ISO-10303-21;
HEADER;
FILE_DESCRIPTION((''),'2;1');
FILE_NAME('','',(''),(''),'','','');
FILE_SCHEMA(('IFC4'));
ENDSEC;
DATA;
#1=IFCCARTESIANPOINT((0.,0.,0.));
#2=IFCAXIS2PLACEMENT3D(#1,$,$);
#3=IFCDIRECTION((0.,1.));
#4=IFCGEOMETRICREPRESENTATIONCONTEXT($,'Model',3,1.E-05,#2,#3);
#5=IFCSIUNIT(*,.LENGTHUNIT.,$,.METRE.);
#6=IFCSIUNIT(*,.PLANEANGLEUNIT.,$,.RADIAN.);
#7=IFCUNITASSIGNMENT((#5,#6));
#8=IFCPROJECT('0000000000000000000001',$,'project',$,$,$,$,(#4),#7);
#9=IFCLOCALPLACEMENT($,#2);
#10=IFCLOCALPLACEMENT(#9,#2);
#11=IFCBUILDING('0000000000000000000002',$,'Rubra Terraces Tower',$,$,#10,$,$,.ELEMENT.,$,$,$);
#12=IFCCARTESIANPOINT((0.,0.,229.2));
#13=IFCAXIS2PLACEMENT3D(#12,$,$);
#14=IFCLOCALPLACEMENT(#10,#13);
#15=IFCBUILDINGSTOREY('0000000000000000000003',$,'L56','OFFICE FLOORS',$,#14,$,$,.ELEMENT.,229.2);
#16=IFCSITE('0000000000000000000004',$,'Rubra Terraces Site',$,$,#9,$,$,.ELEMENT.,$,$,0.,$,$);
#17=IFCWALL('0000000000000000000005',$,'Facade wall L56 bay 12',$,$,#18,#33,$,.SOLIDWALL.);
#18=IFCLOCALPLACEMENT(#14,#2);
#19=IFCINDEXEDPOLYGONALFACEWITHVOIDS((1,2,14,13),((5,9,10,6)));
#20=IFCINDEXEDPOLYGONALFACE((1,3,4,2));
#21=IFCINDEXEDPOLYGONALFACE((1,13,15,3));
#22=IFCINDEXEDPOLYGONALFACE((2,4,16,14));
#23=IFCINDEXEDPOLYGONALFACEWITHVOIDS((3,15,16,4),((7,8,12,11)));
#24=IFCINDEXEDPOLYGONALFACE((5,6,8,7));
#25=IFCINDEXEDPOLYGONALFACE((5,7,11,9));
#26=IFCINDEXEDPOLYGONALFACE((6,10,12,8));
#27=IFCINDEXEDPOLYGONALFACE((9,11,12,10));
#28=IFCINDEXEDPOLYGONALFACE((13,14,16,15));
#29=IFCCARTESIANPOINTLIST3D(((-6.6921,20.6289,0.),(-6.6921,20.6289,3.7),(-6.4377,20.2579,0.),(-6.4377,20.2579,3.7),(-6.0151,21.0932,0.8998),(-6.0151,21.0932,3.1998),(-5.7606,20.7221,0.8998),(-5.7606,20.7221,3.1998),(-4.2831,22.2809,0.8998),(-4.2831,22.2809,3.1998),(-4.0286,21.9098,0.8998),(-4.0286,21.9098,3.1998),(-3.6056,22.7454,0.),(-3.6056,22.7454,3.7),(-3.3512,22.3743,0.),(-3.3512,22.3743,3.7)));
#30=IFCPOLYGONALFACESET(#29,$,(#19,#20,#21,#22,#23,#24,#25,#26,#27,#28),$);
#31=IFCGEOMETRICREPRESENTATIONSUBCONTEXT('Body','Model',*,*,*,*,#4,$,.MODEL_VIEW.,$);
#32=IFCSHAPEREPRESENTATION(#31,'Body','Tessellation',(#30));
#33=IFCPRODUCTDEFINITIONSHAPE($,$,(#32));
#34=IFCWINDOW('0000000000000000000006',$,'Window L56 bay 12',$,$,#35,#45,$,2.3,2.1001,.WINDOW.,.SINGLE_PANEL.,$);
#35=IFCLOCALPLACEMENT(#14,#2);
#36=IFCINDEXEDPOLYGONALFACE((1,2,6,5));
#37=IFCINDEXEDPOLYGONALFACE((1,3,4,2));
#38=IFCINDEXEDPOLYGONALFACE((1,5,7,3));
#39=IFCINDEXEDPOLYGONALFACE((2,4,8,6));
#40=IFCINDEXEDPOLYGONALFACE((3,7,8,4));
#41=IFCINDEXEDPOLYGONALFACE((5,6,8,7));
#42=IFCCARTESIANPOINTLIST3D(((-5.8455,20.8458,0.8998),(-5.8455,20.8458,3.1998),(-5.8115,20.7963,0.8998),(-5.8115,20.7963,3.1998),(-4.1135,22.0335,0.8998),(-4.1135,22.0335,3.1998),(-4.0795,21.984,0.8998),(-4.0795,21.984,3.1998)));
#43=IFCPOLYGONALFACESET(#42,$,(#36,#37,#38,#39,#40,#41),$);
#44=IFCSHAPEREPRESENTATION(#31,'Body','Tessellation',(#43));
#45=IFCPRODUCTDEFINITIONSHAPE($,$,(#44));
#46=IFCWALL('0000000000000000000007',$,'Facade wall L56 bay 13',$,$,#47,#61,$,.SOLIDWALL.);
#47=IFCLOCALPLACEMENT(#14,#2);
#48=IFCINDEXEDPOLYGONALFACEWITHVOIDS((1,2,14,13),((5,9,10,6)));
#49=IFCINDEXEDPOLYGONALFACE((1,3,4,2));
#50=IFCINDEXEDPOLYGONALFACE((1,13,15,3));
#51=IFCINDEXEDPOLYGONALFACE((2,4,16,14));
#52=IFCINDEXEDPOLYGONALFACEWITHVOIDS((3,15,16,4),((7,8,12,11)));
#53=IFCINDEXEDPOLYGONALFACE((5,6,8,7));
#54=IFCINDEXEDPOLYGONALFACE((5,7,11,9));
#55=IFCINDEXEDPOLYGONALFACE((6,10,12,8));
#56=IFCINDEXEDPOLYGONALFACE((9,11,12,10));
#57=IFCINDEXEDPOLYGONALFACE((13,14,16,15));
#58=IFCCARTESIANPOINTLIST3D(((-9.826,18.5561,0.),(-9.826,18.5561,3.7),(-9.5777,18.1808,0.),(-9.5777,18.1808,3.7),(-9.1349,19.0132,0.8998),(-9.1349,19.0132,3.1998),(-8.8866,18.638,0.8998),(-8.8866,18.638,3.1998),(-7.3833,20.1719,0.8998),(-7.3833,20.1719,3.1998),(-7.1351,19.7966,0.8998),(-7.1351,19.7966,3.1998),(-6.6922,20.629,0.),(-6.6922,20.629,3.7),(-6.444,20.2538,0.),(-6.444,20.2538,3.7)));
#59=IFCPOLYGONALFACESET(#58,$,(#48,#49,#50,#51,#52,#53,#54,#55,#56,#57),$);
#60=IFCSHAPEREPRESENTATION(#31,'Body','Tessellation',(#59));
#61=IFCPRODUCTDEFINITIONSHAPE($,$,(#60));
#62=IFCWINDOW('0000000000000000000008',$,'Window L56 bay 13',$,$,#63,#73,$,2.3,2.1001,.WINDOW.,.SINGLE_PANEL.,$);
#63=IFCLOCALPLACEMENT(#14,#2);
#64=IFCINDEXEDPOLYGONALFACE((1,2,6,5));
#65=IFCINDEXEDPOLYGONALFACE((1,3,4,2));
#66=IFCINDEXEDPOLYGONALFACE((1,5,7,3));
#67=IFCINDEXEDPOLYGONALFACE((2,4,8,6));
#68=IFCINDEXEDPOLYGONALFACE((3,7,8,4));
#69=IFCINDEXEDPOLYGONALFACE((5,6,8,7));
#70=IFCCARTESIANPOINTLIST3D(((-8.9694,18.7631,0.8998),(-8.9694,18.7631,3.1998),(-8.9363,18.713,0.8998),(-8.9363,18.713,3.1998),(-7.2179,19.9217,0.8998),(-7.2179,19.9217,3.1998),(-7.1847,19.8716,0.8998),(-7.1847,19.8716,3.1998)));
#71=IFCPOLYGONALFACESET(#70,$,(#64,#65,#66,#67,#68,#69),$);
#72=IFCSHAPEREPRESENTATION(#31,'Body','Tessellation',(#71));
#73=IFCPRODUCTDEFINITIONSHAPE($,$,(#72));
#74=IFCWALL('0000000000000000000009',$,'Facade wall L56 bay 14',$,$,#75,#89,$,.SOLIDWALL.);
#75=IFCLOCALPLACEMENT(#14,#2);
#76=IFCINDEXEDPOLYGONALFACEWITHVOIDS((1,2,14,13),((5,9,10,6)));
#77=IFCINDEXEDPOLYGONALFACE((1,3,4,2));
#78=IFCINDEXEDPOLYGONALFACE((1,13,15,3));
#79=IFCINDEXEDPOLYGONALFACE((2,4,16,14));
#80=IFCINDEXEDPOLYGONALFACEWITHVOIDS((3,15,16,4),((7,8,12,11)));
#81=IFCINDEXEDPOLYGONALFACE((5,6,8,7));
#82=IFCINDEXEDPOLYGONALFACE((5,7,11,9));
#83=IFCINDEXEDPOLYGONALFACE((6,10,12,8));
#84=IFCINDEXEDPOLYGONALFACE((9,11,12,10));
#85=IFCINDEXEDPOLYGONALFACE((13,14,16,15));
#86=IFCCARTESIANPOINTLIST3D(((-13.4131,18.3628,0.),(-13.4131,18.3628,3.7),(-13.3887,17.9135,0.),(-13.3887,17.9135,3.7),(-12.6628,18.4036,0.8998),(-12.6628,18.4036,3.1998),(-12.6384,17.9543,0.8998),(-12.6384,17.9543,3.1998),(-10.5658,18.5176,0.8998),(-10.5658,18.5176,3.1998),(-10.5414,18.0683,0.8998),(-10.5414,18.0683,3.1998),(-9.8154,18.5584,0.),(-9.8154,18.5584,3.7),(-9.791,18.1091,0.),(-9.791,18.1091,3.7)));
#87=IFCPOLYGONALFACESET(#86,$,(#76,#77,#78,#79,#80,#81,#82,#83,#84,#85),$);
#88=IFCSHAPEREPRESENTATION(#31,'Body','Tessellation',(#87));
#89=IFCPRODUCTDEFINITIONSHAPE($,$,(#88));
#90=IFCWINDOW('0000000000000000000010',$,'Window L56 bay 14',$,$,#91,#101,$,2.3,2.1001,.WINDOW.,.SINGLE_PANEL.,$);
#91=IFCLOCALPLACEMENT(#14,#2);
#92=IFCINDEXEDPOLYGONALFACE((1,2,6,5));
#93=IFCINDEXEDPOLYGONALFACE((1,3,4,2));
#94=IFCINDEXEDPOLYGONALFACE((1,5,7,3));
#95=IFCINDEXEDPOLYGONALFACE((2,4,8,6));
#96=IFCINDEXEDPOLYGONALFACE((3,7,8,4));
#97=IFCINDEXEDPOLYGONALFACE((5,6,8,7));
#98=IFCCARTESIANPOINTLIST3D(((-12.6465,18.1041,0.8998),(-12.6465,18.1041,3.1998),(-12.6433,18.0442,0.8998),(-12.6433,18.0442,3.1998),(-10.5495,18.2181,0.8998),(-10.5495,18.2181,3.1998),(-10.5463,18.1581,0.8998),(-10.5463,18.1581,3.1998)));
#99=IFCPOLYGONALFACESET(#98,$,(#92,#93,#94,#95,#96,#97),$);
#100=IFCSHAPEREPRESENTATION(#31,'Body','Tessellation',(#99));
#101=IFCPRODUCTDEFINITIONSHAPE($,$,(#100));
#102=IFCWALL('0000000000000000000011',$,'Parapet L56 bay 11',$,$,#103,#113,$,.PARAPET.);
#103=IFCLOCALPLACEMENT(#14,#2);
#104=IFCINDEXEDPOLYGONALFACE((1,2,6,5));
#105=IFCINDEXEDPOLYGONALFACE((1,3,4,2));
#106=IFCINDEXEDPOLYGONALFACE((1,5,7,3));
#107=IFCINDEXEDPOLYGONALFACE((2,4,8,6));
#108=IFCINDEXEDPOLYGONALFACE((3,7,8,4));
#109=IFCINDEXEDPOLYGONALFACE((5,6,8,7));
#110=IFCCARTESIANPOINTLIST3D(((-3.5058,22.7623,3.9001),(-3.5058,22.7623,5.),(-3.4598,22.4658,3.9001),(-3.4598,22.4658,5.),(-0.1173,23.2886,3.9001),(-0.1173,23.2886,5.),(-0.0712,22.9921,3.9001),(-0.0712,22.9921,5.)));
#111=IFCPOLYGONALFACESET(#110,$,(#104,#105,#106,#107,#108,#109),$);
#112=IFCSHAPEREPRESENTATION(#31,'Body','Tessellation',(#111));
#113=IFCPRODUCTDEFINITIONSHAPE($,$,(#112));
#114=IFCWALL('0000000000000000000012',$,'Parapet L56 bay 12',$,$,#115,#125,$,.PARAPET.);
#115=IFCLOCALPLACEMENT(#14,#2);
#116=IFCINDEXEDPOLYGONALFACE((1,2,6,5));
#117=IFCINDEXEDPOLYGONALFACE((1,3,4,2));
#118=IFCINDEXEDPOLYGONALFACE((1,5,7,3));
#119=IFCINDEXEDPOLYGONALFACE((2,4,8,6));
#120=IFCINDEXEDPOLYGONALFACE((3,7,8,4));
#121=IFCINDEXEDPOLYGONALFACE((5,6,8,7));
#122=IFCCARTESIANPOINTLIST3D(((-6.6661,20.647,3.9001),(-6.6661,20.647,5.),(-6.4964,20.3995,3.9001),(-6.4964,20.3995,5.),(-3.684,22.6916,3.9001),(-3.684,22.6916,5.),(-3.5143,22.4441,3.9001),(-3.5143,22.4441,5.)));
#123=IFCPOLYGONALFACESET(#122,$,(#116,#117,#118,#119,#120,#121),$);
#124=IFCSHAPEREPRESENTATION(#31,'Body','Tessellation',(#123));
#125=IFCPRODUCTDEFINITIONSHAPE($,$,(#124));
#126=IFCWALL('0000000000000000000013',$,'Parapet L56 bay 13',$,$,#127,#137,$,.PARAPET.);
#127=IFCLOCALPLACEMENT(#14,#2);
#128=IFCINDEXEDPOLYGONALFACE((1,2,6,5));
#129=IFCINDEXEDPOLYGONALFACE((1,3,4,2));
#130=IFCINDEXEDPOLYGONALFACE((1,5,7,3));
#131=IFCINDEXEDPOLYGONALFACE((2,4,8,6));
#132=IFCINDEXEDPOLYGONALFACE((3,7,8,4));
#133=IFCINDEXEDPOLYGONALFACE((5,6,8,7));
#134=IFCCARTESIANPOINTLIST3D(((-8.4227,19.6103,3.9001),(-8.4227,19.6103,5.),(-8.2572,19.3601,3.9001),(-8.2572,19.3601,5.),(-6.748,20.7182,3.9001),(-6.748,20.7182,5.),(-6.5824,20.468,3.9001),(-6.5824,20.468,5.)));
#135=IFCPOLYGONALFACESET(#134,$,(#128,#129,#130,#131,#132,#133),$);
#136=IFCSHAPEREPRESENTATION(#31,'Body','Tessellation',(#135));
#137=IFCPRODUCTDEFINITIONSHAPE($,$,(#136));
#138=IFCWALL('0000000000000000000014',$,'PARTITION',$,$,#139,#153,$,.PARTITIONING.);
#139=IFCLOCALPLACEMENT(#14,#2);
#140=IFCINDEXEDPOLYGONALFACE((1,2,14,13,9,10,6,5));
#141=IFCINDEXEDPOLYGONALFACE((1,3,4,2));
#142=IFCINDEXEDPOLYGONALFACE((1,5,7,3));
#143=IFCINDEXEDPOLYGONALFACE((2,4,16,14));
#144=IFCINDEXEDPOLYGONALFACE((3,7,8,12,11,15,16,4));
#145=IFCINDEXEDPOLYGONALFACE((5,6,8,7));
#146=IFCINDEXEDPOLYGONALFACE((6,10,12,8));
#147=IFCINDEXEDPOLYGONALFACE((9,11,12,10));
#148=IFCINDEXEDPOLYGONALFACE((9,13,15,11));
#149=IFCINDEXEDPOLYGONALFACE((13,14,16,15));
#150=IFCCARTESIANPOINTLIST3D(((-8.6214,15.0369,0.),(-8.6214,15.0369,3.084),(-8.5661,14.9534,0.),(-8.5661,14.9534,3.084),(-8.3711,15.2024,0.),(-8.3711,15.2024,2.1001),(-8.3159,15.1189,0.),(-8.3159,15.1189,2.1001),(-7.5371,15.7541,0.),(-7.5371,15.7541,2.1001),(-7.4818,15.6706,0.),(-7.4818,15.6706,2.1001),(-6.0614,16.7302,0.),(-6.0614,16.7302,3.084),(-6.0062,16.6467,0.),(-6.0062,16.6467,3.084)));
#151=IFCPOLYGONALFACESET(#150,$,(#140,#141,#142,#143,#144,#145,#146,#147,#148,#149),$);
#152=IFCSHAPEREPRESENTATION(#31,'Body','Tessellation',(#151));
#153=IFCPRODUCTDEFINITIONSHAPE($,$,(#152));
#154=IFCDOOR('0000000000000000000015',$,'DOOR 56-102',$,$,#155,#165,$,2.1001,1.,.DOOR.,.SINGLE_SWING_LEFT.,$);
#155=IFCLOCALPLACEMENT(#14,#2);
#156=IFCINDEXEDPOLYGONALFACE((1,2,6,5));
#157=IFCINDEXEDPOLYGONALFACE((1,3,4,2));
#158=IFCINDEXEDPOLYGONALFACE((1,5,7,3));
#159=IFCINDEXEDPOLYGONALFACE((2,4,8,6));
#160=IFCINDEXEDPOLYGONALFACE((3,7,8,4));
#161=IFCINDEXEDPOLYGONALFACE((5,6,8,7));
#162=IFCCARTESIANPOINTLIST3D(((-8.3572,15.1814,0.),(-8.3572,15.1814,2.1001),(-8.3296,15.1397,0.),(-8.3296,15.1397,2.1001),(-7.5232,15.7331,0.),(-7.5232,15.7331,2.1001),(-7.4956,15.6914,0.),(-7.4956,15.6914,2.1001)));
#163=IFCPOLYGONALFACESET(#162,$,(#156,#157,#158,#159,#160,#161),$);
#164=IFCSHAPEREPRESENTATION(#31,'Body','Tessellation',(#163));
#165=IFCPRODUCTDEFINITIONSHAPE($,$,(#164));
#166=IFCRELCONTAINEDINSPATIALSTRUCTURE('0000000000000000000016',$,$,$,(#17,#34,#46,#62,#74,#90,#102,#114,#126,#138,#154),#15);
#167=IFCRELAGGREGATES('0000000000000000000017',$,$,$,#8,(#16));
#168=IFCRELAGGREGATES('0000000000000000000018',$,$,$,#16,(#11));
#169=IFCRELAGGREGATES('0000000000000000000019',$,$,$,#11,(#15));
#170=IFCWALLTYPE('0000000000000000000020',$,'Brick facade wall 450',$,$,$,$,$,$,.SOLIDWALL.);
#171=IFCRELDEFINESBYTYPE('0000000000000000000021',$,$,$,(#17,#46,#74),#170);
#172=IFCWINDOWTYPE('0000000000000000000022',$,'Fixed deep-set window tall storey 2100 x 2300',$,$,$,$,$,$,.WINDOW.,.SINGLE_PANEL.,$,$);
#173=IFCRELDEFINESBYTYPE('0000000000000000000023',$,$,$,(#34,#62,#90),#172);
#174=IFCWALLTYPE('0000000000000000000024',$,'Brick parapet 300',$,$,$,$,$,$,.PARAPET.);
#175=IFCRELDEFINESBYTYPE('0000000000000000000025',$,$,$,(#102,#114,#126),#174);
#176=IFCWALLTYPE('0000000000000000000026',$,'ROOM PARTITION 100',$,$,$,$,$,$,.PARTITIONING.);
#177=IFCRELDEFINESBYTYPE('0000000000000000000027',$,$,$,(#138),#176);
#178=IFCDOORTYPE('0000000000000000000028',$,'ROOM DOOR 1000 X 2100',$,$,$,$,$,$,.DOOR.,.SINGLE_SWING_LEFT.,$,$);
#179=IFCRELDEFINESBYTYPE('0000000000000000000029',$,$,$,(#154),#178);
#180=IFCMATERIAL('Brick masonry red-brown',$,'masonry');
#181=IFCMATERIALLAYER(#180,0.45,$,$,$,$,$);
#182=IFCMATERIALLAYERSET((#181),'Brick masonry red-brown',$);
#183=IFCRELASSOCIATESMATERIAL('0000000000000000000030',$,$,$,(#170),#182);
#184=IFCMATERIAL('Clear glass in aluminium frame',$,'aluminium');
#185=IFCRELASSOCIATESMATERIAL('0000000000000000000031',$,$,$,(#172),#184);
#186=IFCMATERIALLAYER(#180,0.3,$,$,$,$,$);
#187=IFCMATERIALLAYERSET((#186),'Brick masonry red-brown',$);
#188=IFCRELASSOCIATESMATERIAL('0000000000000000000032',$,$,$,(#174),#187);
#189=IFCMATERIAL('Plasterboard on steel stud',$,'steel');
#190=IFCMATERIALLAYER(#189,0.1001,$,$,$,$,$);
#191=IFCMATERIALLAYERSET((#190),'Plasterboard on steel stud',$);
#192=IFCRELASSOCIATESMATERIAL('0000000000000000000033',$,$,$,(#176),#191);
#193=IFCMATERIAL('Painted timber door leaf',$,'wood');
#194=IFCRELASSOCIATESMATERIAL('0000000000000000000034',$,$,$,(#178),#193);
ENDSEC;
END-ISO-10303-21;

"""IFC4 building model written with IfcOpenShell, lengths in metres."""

from ifc_helpers import new_model, si_unit, direction, frame, frame_2d, origin, place, context, subcontext, project, spatial, rectangle, extrude, material, layer, layer_set, type_object, element, fill, save


model = new_model("IFC4")

# Units and contexts
model_context = context("Model", 3, precision=1e-05, world=origin(), true_north=direction((0.0, 1.0)))
body_context = subcontext(model_context, "Body", "Model", "MODEL_VIEW")
ifc_project = project(units=[si_unit("LENGTHUNIT", "METRE"), si_unit("PLANEANGLEUNIT", "RADIAN")], contexts=[model_context])

# Site, building, storey
site_placement = place(None, origin())
site = spatial("IfcSite", under=ifc_project, at=site_placement, Name="Rubra Terraces Site", CompositionType="ELEMENT", RefElevation=0.0)
building_placement = place(site_placement, origin())
building = spatial("IfcBuilding", under=site, at=building_placement, Name="Rubra Terraces Tower", CompositionType="ELEMENT")
storey_placement = place(building_placement, frame((0.0, 0.0, 229.2)))
storey = spatial("IfcBuildingStorey", under=building, at=storey_placement, Name="L56", Description="OFFICE FLOORS", CompositionType="ELEMENT", Elevation=229.2)

# Walls, openings, windows
ifc_material_1 = material(Name="Brick masonry red-brown", Category="masonry")
ifc_layer_1 = layer(ifc_material_1, 0.45)
ifc_layer_set_1 = layer_set([ifc_layer_1], Name="Brick masonry red-brown")
wall_type_1 = type_object("IfcWallType", Name="Brick facade wall 450", PredefinedType="SOLIDWALL", material=ifc_layer_set_1)
wall_1_placement = place(storey_placement, frame((-3.4785, 22.5598, 0.0), z_axis=(0.0, 0.0, 1.0), x_axis=(-0.824723, -0.565537, 0.0)))
wall_1 = element("IfcWall", 1, at=wall_1_placement, inside=storey, type_object=wall_type_1, Name="Facade wall L56 bay 12", PredefinedType="SOLIDWALL", context=body_context, shape_type="SweptSolid", body=[
    extrude(rectangle(XDim=3.7424, YDim=0.45, at=frame_2d((1.8711, 0.0))), origin(), (0.0, 0.0, 1.0), 3.7),
])
opening_1_placement = place(wall_1_placement, frame((0.8213, 0.0, 0.8999)))
opening_1 = element("IfcOpeningElement", 2, at=opening_1_placement, cuts=wall_1, PredefinedType="OPENING", context=body_context, shape_type="SweptSolid", body=[
    extrude(rectangle(XDim=2.1001, YDim=2.3, at=frame_2d((1.05, 1.1499))), frame((0.0, 0.2349, 0.0), z_axis=(0.0, -1.0, 0.0), x_axis=(1.0, 0.0, 0.0)), (0.0, 0.0, 1.0), 0.47),
])
ifc_material_2 = material(Name="Clear glass in aluminium frame", Category="aluminium")
window_type = type_object("IfcWindowType", Name="Fixed deep-set window tall storey 2100 x 2300", PartitioningType="SINGLE_PANEL", PredefinedType="WINDOW", material=ifc_material_2)
window_1_placement = place(opening_1_placement, origin())
window_1 = element("IfcWindow", 3, at=window_1_placement, inside=storey, type_object=window_type, Name="Window L56 bay 12", OverallHeight=2.3, OverallWidth=2.1001, PartitioningType="SINGLE_PANEL", PredefinedType="WINDOW", context=body_context, shape_type="SweptSolid", body=[
    extrude(rectangle(XDim=2.1001, YDim=2.3, at=frame_2d((1.05, 1.1499))), frame((0.0, 0.135, 0.0), z_axis=(0.0, -1.0, 0.0), x_axis=(1.0, 0.0, 0.0)), (0.0, 0.0, 1.0), 0.0601),
])
fill(opening_1, window_1)
wall_2_placement = place(storey_placement, frame((-6.5681, 20.4414, 0.0), z_axis=(0.0, 0.0, 1.0), x_axis=(-0.834034, -0.551713, 0.0)))
wall_2 = element("IfcWall", 4, at=wall_2_placement, inside=storey, type_object=wall_type_1, Name="Facade wall L56 bay 13", PredefinedType="SOLIDWALL", context=body_context, shape_type="SweptSolid", body=[
    extrude(rectangle(XDim=3.7573, YDim=0.45, at=frame_2d((1.8787, 0.0))), origin(), (0.0, 0.0, 1.0), 3.7),
])
opening_2_placement = place(wall_2_placement, frame((0.8286, 0.0, 0.8999)))
opening_2 = element("IfcOpeningElement", 5, at=opening_2_placement, cuts=wall_2, PredefinedType="OPENING", context=body_context, shape_type="SweptSolid", body=[
    extrude(rectangle(XDim=2.1001, YDim=2.3, at=frame_2d((1.05, 1.1499))), frame((0.0, 0.2349, 0.0), z_axis=(0.0, -1.0, 0.0), x_axis=(1.0, 0.0, 0.0)), (0.0, 0.0, 1.0), 0.47),
])
window_2_placement = place(opening_2_placement, origin())
window_2 = element("IfcWindow", 6, at=window_2_placement, inside=storey, type_object=window_type, Name="Window L56 bay 13", OverallHeight=2.3, OverallWidth=2.1001, PartitioningType="SINGLE_PANEL", PredefinedType="WINDOW", context=body_context, shape_type="SweptSolid", body=[
    extrude(rectangle(XDim=2.1001, YDim=2.3, at=frame_2d((1.05, 1.1499))), frame((0.0, 0.135, 0.0), z_axis=(0.0, -1.0, 0.0), x_axis=(1.0, 0.0, 0.0)), (0.0, 0.0, 1.0), 0.0601),
])
fill(opening_2, window_2)
wall_3_placement = place(storey_placement, frame((-9.8032, 18.3337, 0.0), z_axis=(0.0, 0.0, 1.0), x_axis=(-0.998526, -0.054277, 0.0)))
wall_3 = element("IfcWall", 7, at=wall_3_placement, inside=storey, type_object=wall_type_1, Name="Facade wall L56 bay 14", PredefinedType="SOLIDWALL", context=body_context, shape_type="SweptSolid", body=[
    extrude(rectangle(XDim=3.603, YDim=0.45, at=frame_2d((1.8015, 0.0))), origin(), (0.0, 0.0, 1.0), 3.7),
])
opening_3_placement = place(wall_3_placement, frame((0.7515, 0.0, 0.8999)))
opening_3 = element("IfcOpeningElement", 8, at=opening_3_placement, cuts=wall_3, PredefinedType="OPENING", context=body_context, shape_type="SweptSolid", body=[
    extrude(rectangle(XDim=2.1001, YDim=2.3, at=frame_2d((1.05, 1.1499))), frame((0.0, 0.2349, 0.0), z_axis=(0.0, -1.0, 0.0), x_axis=(1.0, 0.0, 0.0)), (0.0, 0.0, 1.0), 0.47),
])
window_3_placement = place(opening_3_placement, origin())
window_3 = element("IfcWindow", 9, at=window_3_placement, inside=storey, type_object=window_type, Name="Window L56 bay 14", OverallHeight=2.3, OverallWidth=2.1001, PartitioningType="SINGLE_PANEL", PredefinedType="WINDOW", context=body_context, shape_type="SweptSolid", body=[
    extrude(rectangle(XDim=2.1001, YDim=2.3, at=frame_2d((1.05, 1.1499))), frame((0.0, 0.135, 0.0), z_axis=(0.0, -1.0, 0.0), x_axis=(1.0, 0.0, 0.0)), (0.0, 0.0, 1.0), 0.0601),
])
fill(opening_3, window_3)

# Walls
ifc_layer_2 = layer(ifc_material_1, 0.3)
ifc_layer_set_2 = layer_set([ifc_layer_2], Name="Brick masonry red-brown")
wall_type_2 = type_object("IfcWallType", Name="Brick parapet 300", PredefinedType="PARAPET", material=ifc_layer_set_2)
wall_4_placement = place(storey_placement, frame((-0.0942, 23.1404, 3.9001), z_axis=(0.0, 0.0, 1.0), x_axis=(-0.98815, -0.153491, 0.0)))
element("IfcWall", 10, at=wall_4_placement, inside=storey, type_object=wall_type_2, Name="Parapet L56 bay 11", PredefinedType="PARAPET", context=body_context, shape_type="SweptSolid", body=[
    extrude(rectangle(XDim=3.4292, YDim=0.3, at=frame_2d((1.7146, 0.0))), origin(), (0.0, 0.0, 1.0), 1.0999),
])
wall_5_placement = place(storey_placement, frame((-3.5991, 22.5679, 3.9001), z_axis=(0.0, 0.0, 1.0), x_axis=(-0.82476, -0.565482, 0.0)))
element("IfcWall", 11, at=wall_5_placement, inside=storey, type_object=wall_type_2, Name="Parapet L56 bay 12", PredefinedType="PARAPET", context=body_context, shape_type="SweptSolid", body=[
    extrude(rectangle(XDim=3.6157, YDim=0.3, at=frame_2d((1.8079, 0.0))), origin(), (0.0, 0.0, 1.0), 1.0999),
])
wall_6_placement = place(storey_placement, frame((-6.6653, 20.593, 3.9001), z_axis=(0.0, 0.0, 1.0), x_axis=(-0.834028, -0.551723, 0.0)))
element("IfcWall", 12, at=wall_6_placement, inside=storey, type_object=wall_type_2, Name="Parapet L56 bay 13", PredefinedType="PARAPET", context=body_context, shape_type="SweptSolid", body=[
    extrude(rectangle(XDim=2.0081, YDim=0.3, at=frame_2d((1.0039, 0.0))), origin(), (0.0, 0.0, 1.0), 1.0999),
])

# Wall, opening, door
ifc_material_3 = material(Name="Plasterboard on steel stud", Category="steel")
ifc_layer_3 = layer(ifc_material_3, 0.1001)
ifc_layer_set_3 = layer_set([ifc_layer_3], Name="Plasterboard on steel stud")
wall_type_3 = type_object("IfcWallType", Name="ROOM PARTITION 100", PredefinedType="PARTITIONING", material=ifc_layer_set_3)
wall_7_placement = place(storey_placement, frame((-8.5938, 14.9951, 0.0), z_axis=(0.0, 0.0, 1.0), x_axis=(0.834052, 0.551686, 0.0)))
wall_7 = element("IfcWall", 13, at=wall_7_placement, inside=storey, type_object=wall_type_3, Name="PARTITION", PredefinedType="PARTITIONING", context=body_context, shape_type="SweptSolid", body=[
    extrude(rectangle(XDim=3.0693, YDim=0.1001, at=frame_2d((1.5347, 0.0))), origin(), (0.0, 0.0, 1.0), 3.084),
])
opening_4_placement = place(wall_7_placement, frame((0.3, 0.0, 0.0)))
opening_4 = element("IfcOpeningElement", 14, at=opening_4_placement, cuts=wall_7, PredefinedType="OPENING", context=body_context, shape_type="SweptSolid", body=[
    extrude(rectangle(XDim=1.0, YDim=2.1001, at=frame_2d((0.5, 1.05))), frame((0.0, 0.0601, 0.0), z_axis=(0.0, -1.0, 0.0), x_axis=(1.0, 0.0, 0.0)), (0.0, 0.0, 1.0), 0.1201),
])
ifc_material_4 = material(Name="Painted timber door leaf", Category="wood")
door_type_1 = type_object("IfcDoorType", Name="ROOM DOOR 1000 X 2100", OperationType="SINGLE_SWING_LEFT", PredefinedType="DOOR", material=ifc_material_4)
door_1_placement = place(opening_4_placement, origin())
door_1 = element("IfcDoor", 15, at=door_1_placement, inside=storey, type_object=door_type_1, Name="DOOR 56-102", OperationType="SINGLE_SWING_LEFT", OverallHeight=2.1001, OverallWidth=1.0, PredefinedType="DOOR", context=body_context, shape_type="SweptSolid", body=[
    extrude(rectangle(XDim=1.0, YDim=2.1001, at=frame_2d((0.5, 1.05))), frame((0.0, 0.0249, 0.0), z_axis=(0.0, -1.0, 0.0), x_axis=(1.0, 0.0, 0.0)), (0.0, 0.0, 1.0), 0.05),
])
fill(opening_4, door_1)

save(model, "model.ifc")
